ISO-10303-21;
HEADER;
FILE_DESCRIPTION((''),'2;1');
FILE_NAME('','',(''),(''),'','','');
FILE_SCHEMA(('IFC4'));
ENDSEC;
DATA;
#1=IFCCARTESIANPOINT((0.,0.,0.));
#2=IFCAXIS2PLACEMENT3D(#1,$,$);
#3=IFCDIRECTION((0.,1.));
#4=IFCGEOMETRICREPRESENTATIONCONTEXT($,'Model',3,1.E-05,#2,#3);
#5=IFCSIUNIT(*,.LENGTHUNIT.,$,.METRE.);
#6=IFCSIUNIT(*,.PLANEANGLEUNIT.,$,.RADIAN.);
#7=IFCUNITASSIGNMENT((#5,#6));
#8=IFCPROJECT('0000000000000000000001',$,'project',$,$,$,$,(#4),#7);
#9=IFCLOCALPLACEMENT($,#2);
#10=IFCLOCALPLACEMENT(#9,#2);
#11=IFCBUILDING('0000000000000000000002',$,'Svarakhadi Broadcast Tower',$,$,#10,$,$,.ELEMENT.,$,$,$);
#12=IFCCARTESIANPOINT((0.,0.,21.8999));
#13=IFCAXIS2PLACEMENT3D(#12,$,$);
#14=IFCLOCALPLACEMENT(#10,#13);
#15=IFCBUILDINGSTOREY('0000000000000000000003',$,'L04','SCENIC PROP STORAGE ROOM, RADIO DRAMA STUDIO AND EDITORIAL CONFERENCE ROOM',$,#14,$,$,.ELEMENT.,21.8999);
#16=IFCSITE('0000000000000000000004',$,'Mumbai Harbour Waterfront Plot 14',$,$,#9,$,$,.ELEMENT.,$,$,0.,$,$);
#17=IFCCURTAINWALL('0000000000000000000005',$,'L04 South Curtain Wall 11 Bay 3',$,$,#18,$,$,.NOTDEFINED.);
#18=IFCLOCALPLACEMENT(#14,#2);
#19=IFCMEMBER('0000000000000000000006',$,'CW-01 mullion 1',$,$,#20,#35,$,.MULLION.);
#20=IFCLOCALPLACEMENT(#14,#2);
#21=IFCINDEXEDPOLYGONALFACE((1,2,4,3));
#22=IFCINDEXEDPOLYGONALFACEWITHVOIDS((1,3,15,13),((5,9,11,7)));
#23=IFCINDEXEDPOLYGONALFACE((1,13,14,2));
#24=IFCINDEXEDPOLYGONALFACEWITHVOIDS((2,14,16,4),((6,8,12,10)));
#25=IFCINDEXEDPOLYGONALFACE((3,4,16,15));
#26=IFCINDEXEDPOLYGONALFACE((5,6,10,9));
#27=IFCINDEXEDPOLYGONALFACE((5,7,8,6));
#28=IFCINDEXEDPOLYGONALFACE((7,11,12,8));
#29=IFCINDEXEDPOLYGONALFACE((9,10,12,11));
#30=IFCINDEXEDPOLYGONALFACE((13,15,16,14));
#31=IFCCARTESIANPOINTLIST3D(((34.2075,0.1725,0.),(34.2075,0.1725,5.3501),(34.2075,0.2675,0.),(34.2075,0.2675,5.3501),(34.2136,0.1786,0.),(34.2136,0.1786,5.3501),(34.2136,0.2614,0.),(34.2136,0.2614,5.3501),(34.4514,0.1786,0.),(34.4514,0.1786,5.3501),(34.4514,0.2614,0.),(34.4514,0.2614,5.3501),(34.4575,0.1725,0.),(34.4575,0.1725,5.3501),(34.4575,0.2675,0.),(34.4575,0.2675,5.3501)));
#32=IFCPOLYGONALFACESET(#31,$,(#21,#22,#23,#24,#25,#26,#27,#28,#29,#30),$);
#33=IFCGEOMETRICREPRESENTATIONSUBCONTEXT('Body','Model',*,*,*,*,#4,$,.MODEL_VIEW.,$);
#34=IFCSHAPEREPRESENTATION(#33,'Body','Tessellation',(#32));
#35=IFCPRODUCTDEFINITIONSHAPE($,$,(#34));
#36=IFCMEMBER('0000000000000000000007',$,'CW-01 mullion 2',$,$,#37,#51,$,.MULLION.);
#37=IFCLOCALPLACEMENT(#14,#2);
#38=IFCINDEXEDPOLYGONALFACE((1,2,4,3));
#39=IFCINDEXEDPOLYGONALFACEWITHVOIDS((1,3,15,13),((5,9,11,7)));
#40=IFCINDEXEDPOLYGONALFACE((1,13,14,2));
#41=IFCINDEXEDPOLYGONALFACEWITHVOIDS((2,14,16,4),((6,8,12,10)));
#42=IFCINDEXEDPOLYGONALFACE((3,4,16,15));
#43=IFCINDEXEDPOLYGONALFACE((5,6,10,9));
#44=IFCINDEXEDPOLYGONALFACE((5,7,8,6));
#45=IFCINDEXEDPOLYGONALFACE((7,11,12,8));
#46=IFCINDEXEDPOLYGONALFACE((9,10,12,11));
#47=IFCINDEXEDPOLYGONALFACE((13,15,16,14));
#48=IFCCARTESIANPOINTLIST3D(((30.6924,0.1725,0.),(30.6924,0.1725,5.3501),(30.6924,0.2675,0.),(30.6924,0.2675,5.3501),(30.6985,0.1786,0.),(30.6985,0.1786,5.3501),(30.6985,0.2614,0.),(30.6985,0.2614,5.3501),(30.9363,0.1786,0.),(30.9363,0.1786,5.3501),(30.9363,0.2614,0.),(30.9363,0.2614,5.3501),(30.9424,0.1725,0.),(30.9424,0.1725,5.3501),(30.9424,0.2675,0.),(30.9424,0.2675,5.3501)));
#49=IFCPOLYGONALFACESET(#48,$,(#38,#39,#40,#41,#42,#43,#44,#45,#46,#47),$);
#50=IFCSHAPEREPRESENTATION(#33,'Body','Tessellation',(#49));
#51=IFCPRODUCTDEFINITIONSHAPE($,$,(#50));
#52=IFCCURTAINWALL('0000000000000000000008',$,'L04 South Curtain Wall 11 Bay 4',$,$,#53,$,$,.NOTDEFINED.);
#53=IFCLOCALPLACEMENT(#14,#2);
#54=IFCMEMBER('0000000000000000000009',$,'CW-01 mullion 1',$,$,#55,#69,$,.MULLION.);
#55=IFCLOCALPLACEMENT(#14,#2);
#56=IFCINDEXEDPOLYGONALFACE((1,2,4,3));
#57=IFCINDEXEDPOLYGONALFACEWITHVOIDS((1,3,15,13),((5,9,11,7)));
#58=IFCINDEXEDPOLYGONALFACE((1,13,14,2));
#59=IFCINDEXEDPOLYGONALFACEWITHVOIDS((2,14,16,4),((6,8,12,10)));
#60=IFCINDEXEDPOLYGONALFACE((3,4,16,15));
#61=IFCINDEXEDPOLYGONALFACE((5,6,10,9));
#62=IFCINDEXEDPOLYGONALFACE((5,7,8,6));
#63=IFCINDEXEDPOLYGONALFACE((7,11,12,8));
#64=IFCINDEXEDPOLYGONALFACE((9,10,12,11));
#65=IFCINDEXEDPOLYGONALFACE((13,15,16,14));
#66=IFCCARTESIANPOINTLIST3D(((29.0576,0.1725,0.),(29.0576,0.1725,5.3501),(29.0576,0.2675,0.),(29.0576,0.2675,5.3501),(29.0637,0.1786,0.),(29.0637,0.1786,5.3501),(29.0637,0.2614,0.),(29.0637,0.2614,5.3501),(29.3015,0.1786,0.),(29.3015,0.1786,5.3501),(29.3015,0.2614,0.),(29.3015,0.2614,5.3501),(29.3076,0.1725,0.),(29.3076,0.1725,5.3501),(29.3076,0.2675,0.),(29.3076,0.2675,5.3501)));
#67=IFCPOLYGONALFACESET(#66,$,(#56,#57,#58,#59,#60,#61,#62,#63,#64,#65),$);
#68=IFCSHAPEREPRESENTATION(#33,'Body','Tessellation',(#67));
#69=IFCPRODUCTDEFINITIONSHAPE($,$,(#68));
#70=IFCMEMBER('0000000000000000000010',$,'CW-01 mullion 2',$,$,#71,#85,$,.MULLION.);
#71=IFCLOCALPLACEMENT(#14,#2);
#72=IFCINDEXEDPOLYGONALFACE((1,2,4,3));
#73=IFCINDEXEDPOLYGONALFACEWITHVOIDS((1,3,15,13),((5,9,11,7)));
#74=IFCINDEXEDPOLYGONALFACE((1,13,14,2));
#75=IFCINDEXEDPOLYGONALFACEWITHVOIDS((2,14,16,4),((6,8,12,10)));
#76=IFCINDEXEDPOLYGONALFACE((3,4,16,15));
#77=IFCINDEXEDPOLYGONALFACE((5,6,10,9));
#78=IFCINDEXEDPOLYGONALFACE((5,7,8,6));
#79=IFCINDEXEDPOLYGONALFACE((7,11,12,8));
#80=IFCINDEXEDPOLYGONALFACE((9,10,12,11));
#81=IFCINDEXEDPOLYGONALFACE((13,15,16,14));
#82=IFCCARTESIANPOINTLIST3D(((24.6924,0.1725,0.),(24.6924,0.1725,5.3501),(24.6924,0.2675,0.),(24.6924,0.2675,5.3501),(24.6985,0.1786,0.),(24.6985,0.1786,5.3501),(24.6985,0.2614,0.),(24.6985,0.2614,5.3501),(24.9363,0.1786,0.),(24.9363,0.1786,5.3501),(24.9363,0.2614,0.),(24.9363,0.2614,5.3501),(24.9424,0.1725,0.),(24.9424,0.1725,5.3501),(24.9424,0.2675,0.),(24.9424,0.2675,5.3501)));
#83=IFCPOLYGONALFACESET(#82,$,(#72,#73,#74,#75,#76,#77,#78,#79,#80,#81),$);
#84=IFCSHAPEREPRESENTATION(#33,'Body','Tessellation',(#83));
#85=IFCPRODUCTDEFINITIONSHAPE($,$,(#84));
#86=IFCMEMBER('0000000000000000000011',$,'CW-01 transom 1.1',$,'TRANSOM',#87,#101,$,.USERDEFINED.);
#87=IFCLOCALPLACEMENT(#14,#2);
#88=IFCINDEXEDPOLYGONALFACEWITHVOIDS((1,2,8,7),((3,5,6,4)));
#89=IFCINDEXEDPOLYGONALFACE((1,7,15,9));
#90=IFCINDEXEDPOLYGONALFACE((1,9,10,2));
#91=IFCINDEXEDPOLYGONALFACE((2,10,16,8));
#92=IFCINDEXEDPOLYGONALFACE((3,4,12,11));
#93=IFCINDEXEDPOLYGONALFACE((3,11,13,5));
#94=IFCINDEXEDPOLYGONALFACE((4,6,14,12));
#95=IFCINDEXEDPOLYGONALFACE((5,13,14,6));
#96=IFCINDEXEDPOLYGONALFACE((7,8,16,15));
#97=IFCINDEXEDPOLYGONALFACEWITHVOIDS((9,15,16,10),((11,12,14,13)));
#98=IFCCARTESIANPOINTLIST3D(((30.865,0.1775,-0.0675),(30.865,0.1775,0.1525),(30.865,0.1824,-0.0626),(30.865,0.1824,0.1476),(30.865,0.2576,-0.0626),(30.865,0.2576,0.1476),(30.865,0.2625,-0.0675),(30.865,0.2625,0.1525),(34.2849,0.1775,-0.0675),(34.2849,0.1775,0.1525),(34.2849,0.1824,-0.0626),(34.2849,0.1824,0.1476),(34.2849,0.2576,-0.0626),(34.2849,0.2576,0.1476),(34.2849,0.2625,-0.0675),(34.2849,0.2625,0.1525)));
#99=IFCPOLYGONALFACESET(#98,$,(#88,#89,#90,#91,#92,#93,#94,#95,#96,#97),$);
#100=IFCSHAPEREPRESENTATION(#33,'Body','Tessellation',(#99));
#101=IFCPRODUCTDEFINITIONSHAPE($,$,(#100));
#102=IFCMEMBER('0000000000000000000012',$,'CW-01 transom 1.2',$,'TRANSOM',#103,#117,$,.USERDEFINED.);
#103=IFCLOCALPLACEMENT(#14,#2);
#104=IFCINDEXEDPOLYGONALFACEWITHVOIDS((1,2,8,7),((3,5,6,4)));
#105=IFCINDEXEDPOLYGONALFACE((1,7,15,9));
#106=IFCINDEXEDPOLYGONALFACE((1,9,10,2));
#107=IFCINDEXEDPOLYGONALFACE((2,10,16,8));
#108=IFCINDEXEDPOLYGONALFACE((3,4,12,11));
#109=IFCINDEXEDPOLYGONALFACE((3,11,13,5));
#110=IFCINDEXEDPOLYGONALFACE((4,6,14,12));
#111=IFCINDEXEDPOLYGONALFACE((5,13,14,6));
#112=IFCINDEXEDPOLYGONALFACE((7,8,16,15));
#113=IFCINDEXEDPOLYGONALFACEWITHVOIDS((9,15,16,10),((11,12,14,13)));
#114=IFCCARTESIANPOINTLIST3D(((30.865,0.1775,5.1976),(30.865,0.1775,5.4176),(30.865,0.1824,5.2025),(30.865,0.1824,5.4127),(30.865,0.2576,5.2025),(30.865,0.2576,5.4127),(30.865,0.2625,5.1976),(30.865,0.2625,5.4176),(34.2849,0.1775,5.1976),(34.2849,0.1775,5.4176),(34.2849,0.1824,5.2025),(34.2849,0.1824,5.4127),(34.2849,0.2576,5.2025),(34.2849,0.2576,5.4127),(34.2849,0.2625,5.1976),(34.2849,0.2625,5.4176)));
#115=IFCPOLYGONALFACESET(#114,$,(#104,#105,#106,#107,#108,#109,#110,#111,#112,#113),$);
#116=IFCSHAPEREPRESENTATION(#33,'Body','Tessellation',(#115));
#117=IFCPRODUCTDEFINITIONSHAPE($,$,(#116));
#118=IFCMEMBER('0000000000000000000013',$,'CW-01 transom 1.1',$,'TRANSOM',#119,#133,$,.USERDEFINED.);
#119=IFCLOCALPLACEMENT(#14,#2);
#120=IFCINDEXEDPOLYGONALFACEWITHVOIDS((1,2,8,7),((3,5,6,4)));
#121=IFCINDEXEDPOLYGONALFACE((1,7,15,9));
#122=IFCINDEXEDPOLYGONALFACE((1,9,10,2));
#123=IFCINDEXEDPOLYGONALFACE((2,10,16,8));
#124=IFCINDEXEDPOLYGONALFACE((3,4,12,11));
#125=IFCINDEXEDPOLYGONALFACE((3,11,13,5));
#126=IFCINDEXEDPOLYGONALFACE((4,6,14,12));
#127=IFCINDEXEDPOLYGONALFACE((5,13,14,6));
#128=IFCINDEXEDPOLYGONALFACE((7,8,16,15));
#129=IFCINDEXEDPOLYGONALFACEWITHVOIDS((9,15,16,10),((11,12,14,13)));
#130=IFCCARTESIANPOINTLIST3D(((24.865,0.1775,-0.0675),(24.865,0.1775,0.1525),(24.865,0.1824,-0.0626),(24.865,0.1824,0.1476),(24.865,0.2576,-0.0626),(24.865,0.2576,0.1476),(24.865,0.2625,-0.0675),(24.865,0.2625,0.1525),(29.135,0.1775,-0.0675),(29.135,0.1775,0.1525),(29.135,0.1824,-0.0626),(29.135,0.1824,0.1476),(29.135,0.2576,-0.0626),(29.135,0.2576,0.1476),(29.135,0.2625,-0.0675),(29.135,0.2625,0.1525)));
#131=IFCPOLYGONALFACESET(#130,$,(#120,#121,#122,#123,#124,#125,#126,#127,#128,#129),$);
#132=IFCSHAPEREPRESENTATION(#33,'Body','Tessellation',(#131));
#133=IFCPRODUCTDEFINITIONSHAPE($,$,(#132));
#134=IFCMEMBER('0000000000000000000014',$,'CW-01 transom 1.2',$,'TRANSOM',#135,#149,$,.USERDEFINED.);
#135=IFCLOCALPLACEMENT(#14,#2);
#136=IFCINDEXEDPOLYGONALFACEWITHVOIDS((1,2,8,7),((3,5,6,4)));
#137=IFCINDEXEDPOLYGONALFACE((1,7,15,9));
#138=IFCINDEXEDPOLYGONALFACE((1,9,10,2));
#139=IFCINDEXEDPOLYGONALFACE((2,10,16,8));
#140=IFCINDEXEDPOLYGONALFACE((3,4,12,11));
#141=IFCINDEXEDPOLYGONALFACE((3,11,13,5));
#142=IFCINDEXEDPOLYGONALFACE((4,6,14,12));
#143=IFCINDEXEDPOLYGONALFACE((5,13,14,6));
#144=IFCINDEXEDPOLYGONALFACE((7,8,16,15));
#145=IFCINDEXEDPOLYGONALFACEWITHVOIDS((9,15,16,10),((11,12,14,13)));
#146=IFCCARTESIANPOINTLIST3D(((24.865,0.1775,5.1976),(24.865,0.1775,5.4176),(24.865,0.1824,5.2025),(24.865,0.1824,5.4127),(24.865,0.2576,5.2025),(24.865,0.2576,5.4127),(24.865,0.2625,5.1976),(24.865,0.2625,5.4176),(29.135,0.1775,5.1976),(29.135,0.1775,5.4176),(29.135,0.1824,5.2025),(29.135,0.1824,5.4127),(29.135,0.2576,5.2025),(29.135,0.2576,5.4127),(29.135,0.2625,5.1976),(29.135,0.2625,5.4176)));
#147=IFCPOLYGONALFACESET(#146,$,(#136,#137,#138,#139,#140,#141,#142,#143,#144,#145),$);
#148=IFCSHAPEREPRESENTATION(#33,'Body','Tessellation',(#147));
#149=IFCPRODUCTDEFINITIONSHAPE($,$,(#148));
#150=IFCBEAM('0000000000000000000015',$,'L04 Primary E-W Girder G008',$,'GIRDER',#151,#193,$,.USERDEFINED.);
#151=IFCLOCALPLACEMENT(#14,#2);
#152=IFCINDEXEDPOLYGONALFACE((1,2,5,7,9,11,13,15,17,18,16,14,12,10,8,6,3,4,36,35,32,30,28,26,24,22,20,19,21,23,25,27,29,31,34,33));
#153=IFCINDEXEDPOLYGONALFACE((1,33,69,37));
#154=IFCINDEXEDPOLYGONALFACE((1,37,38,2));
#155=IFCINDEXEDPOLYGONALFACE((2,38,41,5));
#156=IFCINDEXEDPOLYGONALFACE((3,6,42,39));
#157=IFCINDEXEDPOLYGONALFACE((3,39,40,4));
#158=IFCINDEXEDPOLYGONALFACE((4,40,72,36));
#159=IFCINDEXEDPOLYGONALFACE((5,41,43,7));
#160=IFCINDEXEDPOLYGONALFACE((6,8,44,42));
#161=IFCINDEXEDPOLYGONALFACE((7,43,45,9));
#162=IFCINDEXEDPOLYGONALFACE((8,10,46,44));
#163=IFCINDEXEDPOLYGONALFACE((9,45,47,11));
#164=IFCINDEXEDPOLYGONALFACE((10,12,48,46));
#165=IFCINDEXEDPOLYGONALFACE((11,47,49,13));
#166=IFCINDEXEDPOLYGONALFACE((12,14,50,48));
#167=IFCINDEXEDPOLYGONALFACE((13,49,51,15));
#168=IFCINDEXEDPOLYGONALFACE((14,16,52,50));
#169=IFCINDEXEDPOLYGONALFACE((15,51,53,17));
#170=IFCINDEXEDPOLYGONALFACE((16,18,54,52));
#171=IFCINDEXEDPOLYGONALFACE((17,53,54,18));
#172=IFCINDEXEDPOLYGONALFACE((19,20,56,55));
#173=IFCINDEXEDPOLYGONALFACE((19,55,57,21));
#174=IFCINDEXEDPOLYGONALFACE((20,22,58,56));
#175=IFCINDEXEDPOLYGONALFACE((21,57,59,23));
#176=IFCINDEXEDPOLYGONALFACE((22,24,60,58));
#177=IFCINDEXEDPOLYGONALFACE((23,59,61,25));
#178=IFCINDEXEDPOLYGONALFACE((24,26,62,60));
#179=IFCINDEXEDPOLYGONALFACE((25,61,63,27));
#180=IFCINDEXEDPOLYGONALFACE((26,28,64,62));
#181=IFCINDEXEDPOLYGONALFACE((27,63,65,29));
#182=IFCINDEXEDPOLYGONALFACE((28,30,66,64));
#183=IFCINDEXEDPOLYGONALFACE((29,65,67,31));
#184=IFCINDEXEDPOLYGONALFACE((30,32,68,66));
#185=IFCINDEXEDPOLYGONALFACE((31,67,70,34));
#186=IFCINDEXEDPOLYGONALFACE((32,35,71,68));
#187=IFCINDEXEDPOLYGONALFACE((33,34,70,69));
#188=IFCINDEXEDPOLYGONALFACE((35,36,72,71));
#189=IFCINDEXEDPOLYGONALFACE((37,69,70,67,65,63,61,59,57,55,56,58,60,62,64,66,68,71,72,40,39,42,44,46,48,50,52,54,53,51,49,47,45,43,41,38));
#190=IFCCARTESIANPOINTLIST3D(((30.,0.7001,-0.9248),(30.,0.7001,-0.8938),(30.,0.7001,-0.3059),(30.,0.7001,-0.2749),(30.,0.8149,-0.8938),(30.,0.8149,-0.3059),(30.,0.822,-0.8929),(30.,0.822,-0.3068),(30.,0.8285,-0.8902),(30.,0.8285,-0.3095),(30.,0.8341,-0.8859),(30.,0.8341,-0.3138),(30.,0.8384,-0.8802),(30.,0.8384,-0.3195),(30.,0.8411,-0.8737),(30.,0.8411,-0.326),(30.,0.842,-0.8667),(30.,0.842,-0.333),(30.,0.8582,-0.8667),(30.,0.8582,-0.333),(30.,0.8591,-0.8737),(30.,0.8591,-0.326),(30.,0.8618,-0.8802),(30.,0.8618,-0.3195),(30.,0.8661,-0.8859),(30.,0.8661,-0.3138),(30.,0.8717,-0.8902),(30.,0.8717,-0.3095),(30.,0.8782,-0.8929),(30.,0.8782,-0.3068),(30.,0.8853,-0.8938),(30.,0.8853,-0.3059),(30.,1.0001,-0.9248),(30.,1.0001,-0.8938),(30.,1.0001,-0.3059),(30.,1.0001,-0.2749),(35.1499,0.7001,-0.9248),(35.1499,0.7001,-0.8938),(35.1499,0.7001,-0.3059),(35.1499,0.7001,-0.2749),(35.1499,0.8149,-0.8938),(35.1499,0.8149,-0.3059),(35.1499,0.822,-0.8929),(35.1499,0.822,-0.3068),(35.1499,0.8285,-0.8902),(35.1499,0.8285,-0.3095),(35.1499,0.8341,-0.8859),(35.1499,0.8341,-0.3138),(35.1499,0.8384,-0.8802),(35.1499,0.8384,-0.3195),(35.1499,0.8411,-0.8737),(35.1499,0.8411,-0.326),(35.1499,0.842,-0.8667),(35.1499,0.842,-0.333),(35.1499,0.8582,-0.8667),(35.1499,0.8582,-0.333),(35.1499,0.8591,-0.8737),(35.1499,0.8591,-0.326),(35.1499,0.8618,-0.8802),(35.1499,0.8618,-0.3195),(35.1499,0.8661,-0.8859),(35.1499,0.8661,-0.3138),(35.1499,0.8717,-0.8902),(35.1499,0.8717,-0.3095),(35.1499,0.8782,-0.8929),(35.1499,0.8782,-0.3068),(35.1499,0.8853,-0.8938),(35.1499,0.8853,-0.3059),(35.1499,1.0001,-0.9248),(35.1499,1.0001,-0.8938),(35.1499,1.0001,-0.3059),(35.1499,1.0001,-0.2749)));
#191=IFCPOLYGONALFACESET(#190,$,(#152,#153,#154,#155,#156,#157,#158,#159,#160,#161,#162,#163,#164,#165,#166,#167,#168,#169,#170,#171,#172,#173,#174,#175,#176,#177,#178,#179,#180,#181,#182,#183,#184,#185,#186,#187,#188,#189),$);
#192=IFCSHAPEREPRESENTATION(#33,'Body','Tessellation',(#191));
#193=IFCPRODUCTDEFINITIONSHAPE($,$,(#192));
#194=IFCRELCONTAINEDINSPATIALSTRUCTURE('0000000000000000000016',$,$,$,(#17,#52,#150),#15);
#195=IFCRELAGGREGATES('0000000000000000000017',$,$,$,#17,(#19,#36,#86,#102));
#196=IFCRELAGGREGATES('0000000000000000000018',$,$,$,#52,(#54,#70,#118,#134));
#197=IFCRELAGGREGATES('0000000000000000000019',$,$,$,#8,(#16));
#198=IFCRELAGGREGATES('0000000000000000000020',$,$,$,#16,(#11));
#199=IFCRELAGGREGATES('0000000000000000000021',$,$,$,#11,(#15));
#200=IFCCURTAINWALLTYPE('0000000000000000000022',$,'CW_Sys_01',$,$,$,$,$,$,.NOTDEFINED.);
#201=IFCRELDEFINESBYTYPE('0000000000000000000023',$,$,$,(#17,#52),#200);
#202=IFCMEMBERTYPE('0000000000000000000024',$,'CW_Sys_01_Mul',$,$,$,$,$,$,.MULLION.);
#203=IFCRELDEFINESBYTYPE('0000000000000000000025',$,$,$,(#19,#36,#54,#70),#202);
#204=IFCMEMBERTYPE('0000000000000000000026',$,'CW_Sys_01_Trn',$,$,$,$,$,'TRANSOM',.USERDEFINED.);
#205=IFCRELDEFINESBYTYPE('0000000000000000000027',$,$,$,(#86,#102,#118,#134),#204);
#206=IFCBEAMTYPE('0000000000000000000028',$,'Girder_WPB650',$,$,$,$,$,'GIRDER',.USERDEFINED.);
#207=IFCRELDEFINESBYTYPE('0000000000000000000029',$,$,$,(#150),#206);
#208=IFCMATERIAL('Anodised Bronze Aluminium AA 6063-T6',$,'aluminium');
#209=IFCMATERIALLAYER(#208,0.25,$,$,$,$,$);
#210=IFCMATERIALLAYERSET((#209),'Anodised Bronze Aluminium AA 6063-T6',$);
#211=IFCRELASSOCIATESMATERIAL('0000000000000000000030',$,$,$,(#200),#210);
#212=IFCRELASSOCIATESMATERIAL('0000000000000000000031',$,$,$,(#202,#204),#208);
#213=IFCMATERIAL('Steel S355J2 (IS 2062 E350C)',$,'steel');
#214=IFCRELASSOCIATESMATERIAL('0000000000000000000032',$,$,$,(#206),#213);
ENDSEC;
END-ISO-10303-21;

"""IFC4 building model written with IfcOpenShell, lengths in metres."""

from ifc_helpers import new_model, si_unit, direction, frame, origin, origin_2d, place, context, subcontext, project, spatial, hollow_rectangle, i_section, extrude, material, layer, layer_set, material_profile, profile_set, type_object, element, aggregate, save


model = new_model("IFC4")

# Units and contexts
model_context = context("Model", 3, precision=1e-05, world=origin(), true_north=direction((0.0, 1.0)))
body_context = subcontext(model_context, "Body", "Model", "MODEL_VIEW")
ifc_project = project(units=[si_unit("LENGTHUNIT", "METRE"), si_unit("PLANEANGLEUNIT", "RADIAN")], contexts=[model_context])

# Site, building, storey
site_placement = place(None, origin())
site = spatial("IfcSite", under=ifc_project, at=site_placement, Name="Mumbai Harbour Waterfront Plot 14", CompositionType="ELEMENT", RefElevation=0.0)
building_placement = place(site_placement, origin())
building = spatial("IfcBuilding", under=site, at=building_placement, Name="Svarakhadi Broadcast Tower", CompositionType="ELEMENT")
storey_placement = place(building_placement, frame((0.0, 0.0, 21.8999)))
storey = spatial("IfcBuildingStorey", under=building, at=storey_placement, Name="L04", Description="SCENIC PROP STORAGE ROOM, RADIO DRAMA STUDIO AND EDITORIAL CONFERENCE ROOM", CompositionType="ELEMENT", Elevation=21.8999)

# Shared definitions
ifc_material_1 = material(Name="Steel S355J2 (IS 2062 E350C)", Category="steel")

# Shared definitions
ifc_material_2 = material(Name="Anodised Bronze Aluminium AA 6063-T6", Category="aluminium")
ifc_layer_1 = layer(ifc_material_2, 0.25)
ifc_layer_set_1 = layer_set([ifc_layer_1], Name="Anodised Bronze Aluminium AA 6063-T6")
curtain_wall_type = type_object("IfcCurtainWallType", Name="CW_Sys_01", PredefinedType="NOTDEFINED", material=ifc_layer_set_1)
ifc_material_profile_1 = material_profile(ifc_material_2, hollow_rectangle(XDim=0.095, YDim=0.25, WallThickness=0.0061, at=origin_2d()), Name="ALU MULLION 250x95x6")
ifc_profile_set_1 = profile_set([ifc_material_profile_1], Name="Anodised Bronze Aluminium AA 6063-T6")
member_type_1 = type_object("IfcMemberType", Name="CW_Sys_01_Mul", PredefinedType="MULLION", material=ifc_profile_set_1)

# Curtain walls, members
curtain_wall_1_placement = place(storey_placement, origin())
curtain_wall_1 = element("IfcCurtainWall", 1, at=curtain_wall_1_placement, inside=storey, type_object=curtain_wall_type, Name="L04 South Curtain Wall 11 Bay 3", PredefinedType="NOTDEFINED")
member_1_placement = place(storey_placement, frame((34.3325, 0.22, 0.0), z_axis=(0.0, 0.0, 1.0), x_axis=(0.0, -1.0, 0.0)))
member_1 = element("IfcMember", 2, at=member_1_placement, type_object=member_type_1, Name="CW-01 mullion 1", PredefinedType="MULLION", context=body_context, shape_type="SweptSolid", body=[
    extrude(hollow_rectangle(XDim=0.095, YDim=0.25, WallThickness=0.0061, at=origin_2d()), origin(), (0.0, 0.0, 1.0), 5.3501),
])
member_2_placement = place(storey_placement, frame((30.8174, 0.22, 0.0), z_axis=(0.0, 0.0, 1.0), x_axis=(0.0, -1.0, 0.0)))
member_2 = element("IfcMember", 3, at=member_2_placement, type_object=member_type_1, Name="CW-01 mullion 2", PredefinedType="MULLION", context=body_context, shape_type="SweptSolid", body=[
    extrude(hollow_rectangle(XDim=0.095, YDim=0.25, WallThickness=0.0061, at=origin_2d()), origin(), (0.0, 0.0, 1.0), 5.3501),
])
curtain_wall_2_placement = place(storey_placement, origin())
curtain_wall_2 = element("IfcCurtainWall", 4, at=curtain_wall_2_placement, inside=storey, type_object=curtain_wall_type, Name="L04 South Curtain Wall 11 Bay 4", PredefinedType="NOTDEFINED")
member_3_placement = place(storey_placement, frame((29.1826, 0.22, 0.0), z_axis=(0.0, 0.0, 1.0), x_axis=(0.0, -1.0, 0.0)))
member_3 = element("IfcMember", 5, at=member_3_placement, type_object=member_type_1, Name="CW-01 mullion 1", PredefinedType="MULLION", context=body_context, shape_type="SweptSolid", body=[
    extrude(hollow_rectangle(XDim=0.095, YDim=0.25, WallThickness=0.0061, at=origin_2d()), origin(), (0.0, 0.0, 1.0), 5.3501),
])
member_4_placement = place(storey_placement, frame((24.8174, 0.22, 0.0), z_axis=(0.0, 0.0, 1.0), x_axis=(0.0, -1.0, 0.0)))
member_4 = element("IfcMember", 6, at=member_4_placement, type_object=member_type_1, Name="CW-01 mullion 2", PredefinedType="MULLION", context=body_context, shape_type="SweptSolid", body=[
    extrude(hollow_rectangle(XDim=0.095, YDim=0.25, WallThickness=0.0061, at=origin_2d()), origin(), (0.0, 0.0, 1.0), 5.3501),
])

# Members
ifc_material_profile_2 = material_profile(ifc_material_2, hollow_rectangle(XDim=0.085, YDim=0.22, WallThickness=0.0049, at=origin_2d()), Name="ALU TRANSOM 220x85x5")
ifc_profile_set_2 = profile_set([ifc_material_profile_2], Name="Anodised Bronze Aluminium AA 6063-T6")
member_type_2 = type_object("IfcMemberType", Name="CW_Sys_01_Trn", ElementType="TRANSOM", PredefinedType="USERDEFINED", material=ifc_profile_set_2)
member_5_placement = place(storey_placement, frame((34.2849, 0.22, 0.0425), z_axis=(-1.0, 0.0, 0.0), x_axis=(0.0, -1.0, 0.0)))
member_5 = element("IfcMember", 7, at=member_5_placement, type_object=member_type_2, Name="CW-01 transom 1.1", ObjectType="TRANSOM", PredefinedType="USERDEFINED", context=body_context, shape_type="SweptSolid", body=[
    extrude(hollow_rectangle(XDim=0.085, YDim=0.22, WallThickness=0.0049, at=origin_2d()), origin(), (0.0, 0.0, 1.0), 3.4199),
])
member_6_placement = place(storey_placement, frame((34.2849, 0.22, 5.3076), z_axis=(-1.0, 0.0, 0.0), x_axis=(0.0, -1.0, 0.0)))
member_6 = element("IfcMember", 8, at=member_6_placement, type_object=member_type_2, Name="CW-01 transom 1.2", ObjectType="TRANSOM", PredefinedType="USERDEFINED", context=body_context, shape_type="SweptSolid", body=[
    extrude(hollow_rectangle(XDim=0.085, YDim=0.22, WallThickness=0.0049, at=origin_2d()), origin(), (0.0, 0.0, 1.0), 3.4199),
])
member_7_placement = place(storey_placement, frame((29.135, 0.22, 0.0425), z_axis=(-1.0, 0.0, 0.0), x_axis=(0.0, -1.0, 0.0)))
member_7 = element("IfcMember", 9, at=member_7_placement, type_object=member_type_2, Name="CW-01 transom 1.1", ObjectType="TRANSOM", PredefinedType="USERDEFINED", context=body_context, shape_type="SweptSolid", body=[
    extrude(hollow_rectangle(XDim=0.085, YDim=0.22, WallThickness=0.0049, at=origin_2d()), origin(), (0.0, 0.0, 1.0), 4.27),
])
member_8_placement = place(storey_placement, frame((29.135, 0.22, 5.3076), z_axis=(-1.0, 0.0, 0.0), x_axis=(0.0, -1.0, 0.0)))
member_8 = element("IfcMember", 10, at=member_8_placement, type_object=member_type_2, Name="CW-01 transom 1.2", ObjectType="TRANSOM", PredefinedType="USERDEFINED", context=body_context, shape_type="SweptSolid", body=[
    extrude(hollow_rectangle(XDim=0.085, YDim=0.22, WallThickness=0.0049, at=origin_2d()), origin(), (0.0, 0.0, 1.0), 4.27),
])

# Beam
ifc_material_profile_3 = material_profile(ifc_material_1, i_section(OverallWidth=0.3, OverallDepth=0.6499, WebThickness=0.0161, FlangeThickness=0.031, FilletRadius=0.0271, at=origin_2d()), Name="WPB 650x300x225")
ifc_profile_set_3 = profile_set([ifc_material_profile_3], Name="Steel S355J2 (IS 2062 E350C)")
beam_type_1 = type_object("IfcBeamType", Name="Girder_WPB650", ElementType="GIRDER", PredefinedType="USERDEFINED", material=ifc_profile_set_3)
beam_1_placement = place(storey_placement, frame((30.0, 0.8501, -0.5999), z_axis=(1.0, 0.0, 0.0), x_axis=(0.0, 1.0, 0.0)))
element("IfcBeam", 11, at=beam_1_placement, inside=storey, type_object=beam_type_1, Name="L04 Primary E-W Girder G008", ObjectType="GIRDER", PredefinedType="USERDEFINED", context=body_context, shape_type="SweptSolid", body=[
    extrude(i_section(OverallWidth=0.3, OverallDepth=0.6499, WebThickness=0.0161, FlangeThickness=0.031, FilletRadius=0.0271, at=origin_2d()), origin(), (0.0, 0.0, 1.0), 5.1499),
])

aggregate(curtain_wall_1, [member_1, member_2, member_5, member_6])
aggregate(curtain_wall_2, [member_3, member_4, member_7, member_8])

save(model, "model.ifc")
